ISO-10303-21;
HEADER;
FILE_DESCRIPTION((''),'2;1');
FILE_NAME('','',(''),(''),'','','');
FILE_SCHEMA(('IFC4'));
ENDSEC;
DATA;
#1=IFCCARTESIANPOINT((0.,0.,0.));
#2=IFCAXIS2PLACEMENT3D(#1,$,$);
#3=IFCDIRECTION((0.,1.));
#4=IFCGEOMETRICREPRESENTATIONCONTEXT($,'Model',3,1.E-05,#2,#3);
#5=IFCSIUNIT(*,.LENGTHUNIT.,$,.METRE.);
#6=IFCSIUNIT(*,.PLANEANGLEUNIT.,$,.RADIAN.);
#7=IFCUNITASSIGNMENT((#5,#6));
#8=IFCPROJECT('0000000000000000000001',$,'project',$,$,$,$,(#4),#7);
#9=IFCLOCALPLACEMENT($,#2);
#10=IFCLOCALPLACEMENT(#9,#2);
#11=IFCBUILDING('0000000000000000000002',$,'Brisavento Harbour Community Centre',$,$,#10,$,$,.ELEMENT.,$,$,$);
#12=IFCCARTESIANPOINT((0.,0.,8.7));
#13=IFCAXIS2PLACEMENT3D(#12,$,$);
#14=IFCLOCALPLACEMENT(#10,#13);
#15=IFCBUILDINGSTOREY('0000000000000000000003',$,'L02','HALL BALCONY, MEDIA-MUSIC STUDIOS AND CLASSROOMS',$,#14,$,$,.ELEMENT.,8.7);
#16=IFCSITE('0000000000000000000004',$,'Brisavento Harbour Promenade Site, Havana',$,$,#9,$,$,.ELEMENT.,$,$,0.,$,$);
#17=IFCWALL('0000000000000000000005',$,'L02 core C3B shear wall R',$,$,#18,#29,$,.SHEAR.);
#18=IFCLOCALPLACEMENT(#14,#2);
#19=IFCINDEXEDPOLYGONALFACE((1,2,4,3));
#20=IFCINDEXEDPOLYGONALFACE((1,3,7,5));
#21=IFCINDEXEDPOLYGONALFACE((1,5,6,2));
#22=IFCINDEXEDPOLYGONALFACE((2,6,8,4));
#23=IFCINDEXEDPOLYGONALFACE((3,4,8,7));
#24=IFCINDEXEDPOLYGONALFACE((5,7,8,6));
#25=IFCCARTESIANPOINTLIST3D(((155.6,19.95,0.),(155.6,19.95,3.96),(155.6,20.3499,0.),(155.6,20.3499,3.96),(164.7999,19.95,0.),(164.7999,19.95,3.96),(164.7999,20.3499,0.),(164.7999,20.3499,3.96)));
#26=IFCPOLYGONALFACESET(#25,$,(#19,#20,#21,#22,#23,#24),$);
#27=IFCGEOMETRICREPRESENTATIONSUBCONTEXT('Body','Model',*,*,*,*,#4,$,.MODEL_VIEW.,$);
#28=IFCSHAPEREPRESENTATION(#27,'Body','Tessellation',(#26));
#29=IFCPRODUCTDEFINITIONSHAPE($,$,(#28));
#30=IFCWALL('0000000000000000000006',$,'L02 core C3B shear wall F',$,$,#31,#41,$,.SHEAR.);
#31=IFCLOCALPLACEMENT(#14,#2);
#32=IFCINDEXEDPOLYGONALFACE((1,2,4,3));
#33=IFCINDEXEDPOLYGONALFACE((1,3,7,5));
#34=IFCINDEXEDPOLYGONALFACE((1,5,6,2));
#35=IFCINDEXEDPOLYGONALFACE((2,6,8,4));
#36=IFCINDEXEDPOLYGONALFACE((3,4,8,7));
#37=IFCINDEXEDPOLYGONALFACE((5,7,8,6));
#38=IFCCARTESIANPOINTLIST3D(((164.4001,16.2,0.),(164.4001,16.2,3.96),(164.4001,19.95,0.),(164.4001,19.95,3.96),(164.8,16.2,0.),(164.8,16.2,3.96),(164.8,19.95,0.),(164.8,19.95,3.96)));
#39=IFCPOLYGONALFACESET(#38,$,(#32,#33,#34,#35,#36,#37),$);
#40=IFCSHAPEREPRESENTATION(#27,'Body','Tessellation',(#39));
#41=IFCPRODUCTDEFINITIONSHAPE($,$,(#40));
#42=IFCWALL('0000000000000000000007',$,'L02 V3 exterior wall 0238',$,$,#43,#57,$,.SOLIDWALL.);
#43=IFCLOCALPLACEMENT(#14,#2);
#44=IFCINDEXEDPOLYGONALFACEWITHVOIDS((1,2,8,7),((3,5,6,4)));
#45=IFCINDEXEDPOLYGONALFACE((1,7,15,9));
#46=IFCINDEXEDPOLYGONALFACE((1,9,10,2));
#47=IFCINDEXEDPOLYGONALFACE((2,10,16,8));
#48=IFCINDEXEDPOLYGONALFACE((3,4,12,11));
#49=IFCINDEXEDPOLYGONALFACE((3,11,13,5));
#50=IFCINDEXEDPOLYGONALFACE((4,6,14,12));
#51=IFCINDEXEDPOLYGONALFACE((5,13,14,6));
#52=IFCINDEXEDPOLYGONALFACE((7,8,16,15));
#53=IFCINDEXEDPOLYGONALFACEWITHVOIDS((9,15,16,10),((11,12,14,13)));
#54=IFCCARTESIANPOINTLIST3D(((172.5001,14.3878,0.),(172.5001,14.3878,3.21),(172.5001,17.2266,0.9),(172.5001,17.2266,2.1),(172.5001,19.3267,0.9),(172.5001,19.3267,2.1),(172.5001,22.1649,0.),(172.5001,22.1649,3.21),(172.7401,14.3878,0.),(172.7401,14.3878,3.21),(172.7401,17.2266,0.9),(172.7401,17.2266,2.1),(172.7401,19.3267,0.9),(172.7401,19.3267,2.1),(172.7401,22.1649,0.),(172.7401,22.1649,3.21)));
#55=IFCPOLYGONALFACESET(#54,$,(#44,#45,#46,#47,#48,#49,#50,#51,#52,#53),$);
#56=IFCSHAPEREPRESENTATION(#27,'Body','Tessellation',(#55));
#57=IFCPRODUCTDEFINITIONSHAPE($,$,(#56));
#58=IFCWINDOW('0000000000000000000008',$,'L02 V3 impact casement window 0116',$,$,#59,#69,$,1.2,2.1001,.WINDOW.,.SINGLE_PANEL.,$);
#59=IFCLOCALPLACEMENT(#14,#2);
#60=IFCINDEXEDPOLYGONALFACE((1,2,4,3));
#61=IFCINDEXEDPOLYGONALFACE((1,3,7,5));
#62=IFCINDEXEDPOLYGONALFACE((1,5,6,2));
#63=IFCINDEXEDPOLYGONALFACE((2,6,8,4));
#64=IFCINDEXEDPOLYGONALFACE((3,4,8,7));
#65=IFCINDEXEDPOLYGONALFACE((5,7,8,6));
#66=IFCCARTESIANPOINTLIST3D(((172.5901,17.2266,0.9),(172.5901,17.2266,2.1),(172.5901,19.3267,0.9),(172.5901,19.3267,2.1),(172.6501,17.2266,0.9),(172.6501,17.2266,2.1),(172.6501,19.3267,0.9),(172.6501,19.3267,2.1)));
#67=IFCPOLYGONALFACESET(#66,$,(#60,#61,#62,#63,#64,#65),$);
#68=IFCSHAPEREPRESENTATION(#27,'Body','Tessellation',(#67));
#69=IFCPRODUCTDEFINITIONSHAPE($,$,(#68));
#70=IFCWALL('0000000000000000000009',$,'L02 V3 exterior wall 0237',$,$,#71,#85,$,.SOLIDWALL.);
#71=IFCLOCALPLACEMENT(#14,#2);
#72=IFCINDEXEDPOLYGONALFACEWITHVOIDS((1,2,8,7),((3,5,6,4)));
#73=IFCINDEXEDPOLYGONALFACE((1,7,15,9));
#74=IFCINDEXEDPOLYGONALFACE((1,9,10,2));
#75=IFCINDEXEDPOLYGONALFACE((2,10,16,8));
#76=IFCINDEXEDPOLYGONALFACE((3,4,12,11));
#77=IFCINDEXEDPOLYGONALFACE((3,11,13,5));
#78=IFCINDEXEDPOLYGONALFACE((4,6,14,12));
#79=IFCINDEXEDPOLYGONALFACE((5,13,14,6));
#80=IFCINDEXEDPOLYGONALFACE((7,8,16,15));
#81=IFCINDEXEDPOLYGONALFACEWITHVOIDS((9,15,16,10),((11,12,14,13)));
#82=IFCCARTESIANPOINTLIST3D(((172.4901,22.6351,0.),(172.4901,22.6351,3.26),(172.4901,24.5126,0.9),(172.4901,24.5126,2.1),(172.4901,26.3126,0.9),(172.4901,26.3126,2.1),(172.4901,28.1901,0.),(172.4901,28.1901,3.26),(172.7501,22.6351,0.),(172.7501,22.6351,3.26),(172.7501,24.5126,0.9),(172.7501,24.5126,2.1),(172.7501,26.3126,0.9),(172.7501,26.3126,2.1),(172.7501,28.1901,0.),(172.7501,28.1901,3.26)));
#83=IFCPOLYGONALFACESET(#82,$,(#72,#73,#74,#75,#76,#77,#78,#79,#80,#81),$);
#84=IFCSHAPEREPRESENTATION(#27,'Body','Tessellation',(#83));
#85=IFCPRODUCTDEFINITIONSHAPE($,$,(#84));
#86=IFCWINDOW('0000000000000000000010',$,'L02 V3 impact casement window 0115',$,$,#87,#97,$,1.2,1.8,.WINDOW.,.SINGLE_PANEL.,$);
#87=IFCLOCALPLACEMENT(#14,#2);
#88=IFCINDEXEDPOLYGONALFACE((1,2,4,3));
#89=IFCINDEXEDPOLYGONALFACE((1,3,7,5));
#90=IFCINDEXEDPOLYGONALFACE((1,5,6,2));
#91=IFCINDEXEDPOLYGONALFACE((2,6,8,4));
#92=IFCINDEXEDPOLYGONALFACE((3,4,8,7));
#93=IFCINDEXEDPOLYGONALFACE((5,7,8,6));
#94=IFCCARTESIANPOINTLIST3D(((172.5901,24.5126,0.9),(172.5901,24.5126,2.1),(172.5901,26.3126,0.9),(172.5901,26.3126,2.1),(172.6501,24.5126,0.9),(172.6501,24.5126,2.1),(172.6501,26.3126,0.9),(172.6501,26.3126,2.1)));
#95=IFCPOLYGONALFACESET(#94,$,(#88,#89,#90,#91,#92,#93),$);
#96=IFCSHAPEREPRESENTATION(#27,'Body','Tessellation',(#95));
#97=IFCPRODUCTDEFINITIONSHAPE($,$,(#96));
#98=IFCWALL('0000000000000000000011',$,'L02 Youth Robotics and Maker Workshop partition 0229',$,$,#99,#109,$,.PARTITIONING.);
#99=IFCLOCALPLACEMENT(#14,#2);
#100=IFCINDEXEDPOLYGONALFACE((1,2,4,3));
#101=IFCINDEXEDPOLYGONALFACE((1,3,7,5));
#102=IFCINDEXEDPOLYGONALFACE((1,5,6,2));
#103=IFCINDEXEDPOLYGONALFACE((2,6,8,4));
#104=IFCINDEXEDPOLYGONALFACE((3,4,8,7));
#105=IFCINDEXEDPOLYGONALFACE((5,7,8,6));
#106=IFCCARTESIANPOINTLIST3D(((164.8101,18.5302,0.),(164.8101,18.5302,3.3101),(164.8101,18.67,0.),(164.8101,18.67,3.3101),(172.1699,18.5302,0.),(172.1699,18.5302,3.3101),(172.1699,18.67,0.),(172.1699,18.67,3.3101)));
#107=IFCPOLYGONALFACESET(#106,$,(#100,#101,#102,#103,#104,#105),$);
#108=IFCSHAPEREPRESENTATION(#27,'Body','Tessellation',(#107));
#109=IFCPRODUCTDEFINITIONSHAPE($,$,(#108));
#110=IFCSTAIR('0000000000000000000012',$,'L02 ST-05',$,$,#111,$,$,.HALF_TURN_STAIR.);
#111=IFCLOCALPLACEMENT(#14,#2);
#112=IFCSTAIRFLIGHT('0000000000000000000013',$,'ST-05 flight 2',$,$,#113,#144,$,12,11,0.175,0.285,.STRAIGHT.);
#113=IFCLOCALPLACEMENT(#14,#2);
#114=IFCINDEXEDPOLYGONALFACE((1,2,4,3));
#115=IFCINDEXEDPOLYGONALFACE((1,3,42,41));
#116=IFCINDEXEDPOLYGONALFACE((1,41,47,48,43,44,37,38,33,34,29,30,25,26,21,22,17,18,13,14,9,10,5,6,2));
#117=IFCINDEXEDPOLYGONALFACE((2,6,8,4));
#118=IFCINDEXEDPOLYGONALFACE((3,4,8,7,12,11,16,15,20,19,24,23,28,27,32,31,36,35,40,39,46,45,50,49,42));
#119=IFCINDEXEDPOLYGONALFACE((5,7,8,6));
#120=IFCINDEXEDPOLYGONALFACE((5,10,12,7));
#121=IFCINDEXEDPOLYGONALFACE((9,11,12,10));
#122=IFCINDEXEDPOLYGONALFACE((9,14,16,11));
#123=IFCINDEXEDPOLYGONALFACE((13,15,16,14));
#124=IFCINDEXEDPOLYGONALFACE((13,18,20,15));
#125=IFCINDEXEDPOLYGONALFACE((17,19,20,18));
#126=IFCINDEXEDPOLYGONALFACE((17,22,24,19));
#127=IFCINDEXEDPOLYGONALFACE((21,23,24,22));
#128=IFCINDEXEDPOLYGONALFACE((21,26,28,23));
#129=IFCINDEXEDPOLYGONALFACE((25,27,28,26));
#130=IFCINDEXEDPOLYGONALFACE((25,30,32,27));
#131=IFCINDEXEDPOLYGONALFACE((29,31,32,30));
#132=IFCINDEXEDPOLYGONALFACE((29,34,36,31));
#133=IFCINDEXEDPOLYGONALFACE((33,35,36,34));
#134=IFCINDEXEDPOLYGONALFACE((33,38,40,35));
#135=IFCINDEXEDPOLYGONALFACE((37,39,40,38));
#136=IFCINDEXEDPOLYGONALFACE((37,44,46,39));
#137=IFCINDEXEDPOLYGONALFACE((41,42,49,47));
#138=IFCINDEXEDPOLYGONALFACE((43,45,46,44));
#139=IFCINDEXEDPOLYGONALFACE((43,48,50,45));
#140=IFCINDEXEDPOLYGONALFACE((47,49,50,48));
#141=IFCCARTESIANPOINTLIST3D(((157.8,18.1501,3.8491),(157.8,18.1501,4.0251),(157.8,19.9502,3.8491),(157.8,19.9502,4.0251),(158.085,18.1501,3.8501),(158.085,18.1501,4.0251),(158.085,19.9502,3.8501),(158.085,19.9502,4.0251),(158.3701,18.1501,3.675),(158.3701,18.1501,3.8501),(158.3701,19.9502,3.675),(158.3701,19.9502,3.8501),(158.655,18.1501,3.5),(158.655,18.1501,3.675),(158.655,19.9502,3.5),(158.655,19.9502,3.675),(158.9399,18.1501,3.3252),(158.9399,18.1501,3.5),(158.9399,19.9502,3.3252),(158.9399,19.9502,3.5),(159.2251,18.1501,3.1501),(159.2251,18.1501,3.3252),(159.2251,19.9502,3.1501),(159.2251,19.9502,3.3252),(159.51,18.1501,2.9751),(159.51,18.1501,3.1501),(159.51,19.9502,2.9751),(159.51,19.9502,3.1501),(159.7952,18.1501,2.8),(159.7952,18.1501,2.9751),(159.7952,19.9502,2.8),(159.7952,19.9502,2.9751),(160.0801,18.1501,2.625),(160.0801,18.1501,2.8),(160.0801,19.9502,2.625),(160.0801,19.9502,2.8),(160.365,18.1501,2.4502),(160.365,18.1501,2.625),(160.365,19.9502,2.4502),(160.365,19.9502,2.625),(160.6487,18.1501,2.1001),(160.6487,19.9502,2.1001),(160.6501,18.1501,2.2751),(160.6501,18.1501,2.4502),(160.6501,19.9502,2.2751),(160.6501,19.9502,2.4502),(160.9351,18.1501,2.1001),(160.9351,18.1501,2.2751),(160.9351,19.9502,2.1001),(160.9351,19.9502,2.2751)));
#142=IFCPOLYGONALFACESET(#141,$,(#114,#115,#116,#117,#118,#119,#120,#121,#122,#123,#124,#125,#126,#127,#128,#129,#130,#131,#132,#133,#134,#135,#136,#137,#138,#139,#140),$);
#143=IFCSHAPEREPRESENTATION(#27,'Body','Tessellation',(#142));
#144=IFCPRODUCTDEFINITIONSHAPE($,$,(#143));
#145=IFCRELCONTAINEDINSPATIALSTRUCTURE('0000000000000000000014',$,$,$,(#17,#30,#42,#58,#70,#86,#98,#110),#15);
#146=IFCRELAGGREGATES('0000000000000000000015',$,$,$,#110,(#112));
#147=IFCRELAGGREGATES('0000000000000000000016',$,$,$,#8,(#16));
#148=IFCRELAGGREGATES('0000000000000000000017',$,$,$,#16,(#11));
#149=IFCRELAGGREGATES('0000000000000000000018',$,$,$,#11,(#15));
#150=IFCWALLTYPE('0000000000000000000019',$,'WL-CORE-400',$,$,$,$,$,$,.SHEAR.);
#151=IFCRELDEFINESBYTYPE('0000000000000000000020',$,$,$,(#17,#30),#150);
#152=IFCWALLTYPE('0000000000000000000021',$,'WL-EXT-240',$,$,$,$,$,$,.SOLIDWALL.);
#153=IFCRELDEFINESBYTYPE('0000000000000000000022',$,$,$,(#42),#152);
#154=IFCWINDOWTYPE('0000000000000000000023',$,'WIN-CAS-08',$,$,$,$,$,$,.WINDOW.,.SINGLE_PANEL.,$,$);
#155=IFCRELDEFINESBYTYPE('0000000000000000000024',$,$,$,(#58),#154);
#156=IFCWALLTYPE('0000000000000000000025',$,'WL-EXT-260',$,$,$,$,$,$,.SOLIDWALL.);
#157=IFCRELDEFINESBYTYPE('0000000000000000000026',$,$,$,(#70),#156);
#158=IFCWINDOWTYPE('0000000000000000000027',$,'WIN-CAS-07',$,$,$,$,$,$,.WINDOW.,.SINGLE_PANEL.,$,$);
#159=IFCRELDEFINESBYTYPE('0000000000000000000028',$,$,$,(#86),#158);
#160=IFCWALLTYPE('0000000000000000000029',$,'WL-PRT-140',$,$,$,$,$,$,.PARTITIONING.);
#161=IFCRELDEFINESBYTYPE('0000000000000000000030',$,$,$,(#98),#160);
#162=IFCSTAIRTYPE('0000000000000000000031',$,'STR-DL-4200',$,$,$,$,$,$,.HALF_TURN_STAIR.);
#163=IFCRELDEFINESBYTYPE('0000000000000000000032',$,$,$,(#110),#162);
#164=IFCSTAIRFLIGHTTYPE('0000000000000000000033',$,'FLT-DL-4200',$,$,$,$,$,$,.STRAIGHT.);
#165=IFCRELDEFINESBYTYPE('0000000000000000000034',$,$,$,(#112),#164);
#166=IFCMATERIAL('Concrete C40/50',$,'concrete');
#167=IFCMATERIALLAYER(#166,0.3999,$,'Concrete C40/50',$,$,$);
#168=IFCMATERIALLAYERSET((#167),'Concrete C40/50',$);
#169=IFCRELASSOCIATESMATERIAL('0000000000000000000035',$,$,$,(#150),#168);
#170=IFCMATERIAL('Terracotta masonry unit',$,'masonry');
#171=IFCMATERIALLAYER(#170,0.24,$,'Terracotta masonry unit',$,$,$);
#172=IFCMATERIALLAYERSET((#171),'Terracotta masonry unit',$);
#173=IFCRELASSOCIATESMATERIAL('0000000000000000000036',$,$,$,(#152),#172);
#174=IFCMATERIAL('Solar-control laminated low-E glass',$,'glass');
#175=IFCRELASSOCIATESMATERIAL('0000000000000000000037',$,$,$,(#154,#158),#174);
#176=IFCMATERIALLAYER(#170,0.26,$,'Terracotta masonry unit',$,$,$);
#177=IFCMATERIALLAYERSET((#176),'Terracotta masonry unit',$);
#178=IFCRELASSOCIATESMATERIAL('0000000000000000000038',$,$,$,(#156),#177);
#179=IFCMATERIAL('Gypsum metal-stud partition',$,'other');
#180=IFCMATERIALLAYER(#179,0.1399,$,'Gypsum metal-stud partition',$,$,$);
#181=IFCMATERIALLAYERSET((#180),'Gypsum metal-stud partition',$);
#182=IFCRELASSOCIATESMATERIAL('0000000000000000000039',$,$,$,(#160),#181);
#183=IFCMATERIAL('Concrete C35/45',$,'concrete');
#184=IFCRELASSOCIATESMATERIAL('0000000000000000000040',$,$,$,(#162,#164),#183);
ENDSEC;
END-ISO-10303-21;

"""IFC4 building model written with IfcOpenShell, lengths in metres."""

from ifc_helpers import new_model, si_unit, direction, frame, frame_2d, origin, place, context, subcontext, project, spatial, polyline, rectangle, outline, extrude, material, layer, layer_set, type_object, element, fill, aggregate, save


model = new_model("IFC4")

# Units and contexts
model_context = context("Model", 3, precision=1e-05, world=origin(), true_north=direction((0.0, 1.0)))
body_context = subcontext(model_context, "Body", "Model", "MODEL_VIEW")
ifc_project = project(units=[si_unit("LENGTHUNIT", "METRE"), si_unit("PLANEANGLEUNIT", "RADIAN")], contexts=[model_context])

# Site, building, storey
site_placement = place(None, origin())
site = spatial("IfcSite", under=ifc_project, at=site_placement, Name="Brisavento Harbour Promenade Site, Havana", CompositionType="ELEMENT", RefElevation=0.0)
building_placement = place(site_placement, origin())
building = spatial("IfcBuilding", under=site, at=building_placement, Name="Brisavento Harbour Community Centre", CompositionType="ELEMENT")
storey_placement = place(building_placement, frame((0.0, 0.0, 8.7)))
storey = spatial("IfcBuildingStorey", under=building, at=storey_placement, Name="L02", Description="HALL BALCONY, MEDIA-MUSIC STUDIOS AND CLASSROOMS", CompositionType="ELEMENT", Elevation=8.7)

# Shared definitions
ifc_material_1 = material(Name="Concrete C35/45", Category="concrete")

# Walls
ifc_material_2 = material(Name="Concrete C40/50", Category="concrete")
ifc_layer_1 = layer(ifc_material_2, 0.3999, Name="Concrete C40/50")
ifc_layer_set_1 = layer_set([ifc_layer_1], Name="Concrete C40/50")
wall_type_1 = type_object("IfcWallType", Name="WL-CORE-400", PredefinedType="SHEAR", material=ifc_layer_set_1)
wall_1_placement = place(storey_placement, frame((164.8, 20.1499, 0.0), z_axis=(0.0, 0.0, 1.0), x_axis=(-1.0, 0.0, 0.0)))
element("IfcWall", 1, at=wall_1_placement, inside=storey, type_object=wall_type_1, Name="L02 core C3B shear wall R", PredefinedType="SHEAR", context=body_context, shape_type="SweptSolid", body=[
    extrude(rectangle(XDim=9.2, YDim=0.3999, at=frame_2d((4.6001, 0.0))), origin(), (0.0, 0.0, 1.0), 3.96),
])
wall_2_placement = place(storey_placement, frame((164.6001, 16.2, 0.0), z_axis=(0.0, 0.0, 1.0), x_axis=(0.0, 1.0, 0.0)))
element("IfcWall", 2, at=wall_2_placement, inside=storey, type_object=wall_type_1, Name="L02 core C3B shear wall F", PredefinedType="SHEAR", context=body_context, shape_type="SweptSolid", body=[
    extrude(rectangle(XDim=3.75, YDim=0.3999, at=frame_2d((1.875, 0.0))), origin(), (0.0, 0.0, 1.0), 3.96),
])

# Walls, openings, windows
ifc_material_3 = material(Name="Terracotta masonry unit", Category="masonry")
ifc_layer_2 = layer(ifc_material_3, 0.24, Name="Terracotta masonry unit")
ifc_layer_set_2 = layer_set([ifc_layer_2], Name="Terracotta masonry unit")
wall_type_2 = type_object("IfcWallType", Name="WL-EXT-240", PredefinedType="SOLIDWALL", material=ifc_layer_set_2)
wall_3_placement = place(storey_placement, frame((172.6201, 22.165, 0.0), z_axis=(0.0, 0.0, 1.0), x_axis=(0.0, -1.0, 0.0)))
wall_3 = element("IfcWall", 3, at=wall_3_placement, inside=storey, type_object=wall_type_2, Name="L02 V3 exterior wall 0238", PredefinedType="SOLIDWALL", context=body_context, shape_type="SweptSolid", body=[
    extrude(rectangle(XDim=7.7771, YDim=0.24, at=frame_2d((3.8887, 0.0))), origin(), (0.0, 0.0, 1.0), 3.21),
])
opening_1_placement = place(wall_3_placement, frame((2.8384, 0.0, 0.8999)))
opening_1 = element("IfcOpeningElement", 4, at=opening_1_placement, cuts=wall_3, PredefinedType="OPENING", context=body_context, shape_type="SweptSolid", body=[
    extrude(rectangle(XDim=2.1001, YDim=1.2, at=frame_2d((1.05, 0.6001))), frame((0.0, 0.1299, 0.0), z_axis=(0.0, -1.0, 0.0), x_axis=(1.0, 0.0, 0.0)), (0.0, 0.0, 1.0), 0.26),
])
ifc_material_4 = material(Name="Solar-control laminated low-E glass", Category="glass")
window_type_1 = type_object("IfcWindowType", Name="WIN-CAS-08", PartitioningType="SINGLE_PANEL", PredefinedType="WINDOW", material=ifc_material_4)
window_1_placement = place(opening_1_placement, origin())
window_1 = element("IfcWindow", 5, at=window_1_placement, inside=storey, type_object=window_type_1, Name="L02 V3 impact casement window 0116", OverallHeight=1.2, OverallWidth=2.1001, PartitioningType="SINGLE_PANEL", PredefinedType="WINDOW", context=body_context, shape_type="SweptSolid", body=[
    extrude(rectangle(XDim=2.1001, YDim=1.2, at=frame_2d((1.05, 0.6001))), frame((0.0, 0.03, 0.0), z_axis=(0.0, -1.0, 0.0), x_axis=(1.0, 0.0, 0.0)), (0.0, 0.0, 1.0), 0.0601),
])
fill(opening_1, window_1)
ifc_layer_3 = layer(ifc_material_3, 0.26, Name="Terracotta masonry unit")
ifc_layer_set_3 = layer_set([ifc_layer_3], Name="Terracotta masonry unit")
wall_type_3 = type_object("IfcWallType", Name="WL-EXT-260", PredefinedType="SOLIDWALL", material=ifc_layer_set_3)
wall_4_placement = place(storey_placement, frame((172.6201, 28.1899, 0.0), z_axis=(0.0, 0.0, 1.0), x_axis=(0.0, -1.0, 0.0)))
wall_4 = element("IfcWall", 6, at=wall_4_placement, inside=storey, type_object=wall_type_3, Name="L02 V3 exterior wall 0237", PredefinedType="SOLIDWALL", context=body_context, shape_type="SweptSolid", body=[
    extrude(rectangle(XDim=5.5549, YDim=0.26, at=frame_2d((2.7773, 0.0))), origin(), (0.0, 0.0, 1.0), 3.26),
])
opening_2_placement = place(wall_4_placement, frame((1.8774, 0.0, 0.8999)))
opening_2 = element("IfcOpeningElement", 7, at=opening_2_placement, cuts=wall_4, PredefinedType="OPENING", context=body_context, shape_type="SweptSolid", body=[
    extrude(rectangle(XDim=1.8, YDim=1.2, at=frame_2d((0.8999, 0.6001))), frame((0.0, 0.1401, 0.0), z_axis=(0.0, -1.0, 0.0), x_axis=(1.0, 0.0, 0.0)), (0.0, 0.0, 1.0), 0.28),
])
window_type_2 = type_object("IfcWindowType", Name="WIN-CAS-07", PartitioningType="SINGLE_PANEL", PredefinedType="WINDOW", material=ifc_material_4)
window_2_placement = place(opening_2_placement, origin())
window_2 = element("IfcWindow", 8, at=window_2_placement, inside=storey, type_object=window_type_2, Name="L02 V3 impact casement window 0115", OverallHeight=1.2, OverallWidth=1.8, PartitioningType="SINGLE_PANEL", PredefinedType="WINDOW", context=body_context, shape_type="SweptSolid", body=[
    extrude(rectangle(XDim=1.8, YDim=1.2, at=frame_2d((0.8999, 0.6001))), frame((0.0, 0.03, 0.0), z_axis=(0.0, -1.0, 0.0), x_axis=(1.0, 0.0, 0.0)), (0.0, 0.0, 1.0), 0.0601),
])
fill(opening_2, window_2)

# Wall
ifc_material_5 = material(Name="Gypsum metal-stud partition", Category="other")
ifc_layer_4 = layer(ifc_material_5, 0.1399, Name="Gypsum metal-stud partition")
ifc_layer_set_4 = layer_set([ifc_layer_4], Name="Gypsum metal-stud partition")
wall_type_4 = type_object("IfcWallType", Name="WL-PRT-140", PredefinedType="PARTITIONING", material=ifc_layer_set_4)
wall_5_placement = place(storey_placement, frame((164.8101, 18.6001, 0.0), z_axis=(0.0, 0.0, 1.0), x_axis=(1.0, 0.0, 0.0)))
element("IfcWall", 9, at=wall_5_placement, inside=storey, type_object=wall_type_4, Name="L02 Youth Robotics and Maker Workshop partition 0229", PredefinedType="PARTITIONING", context=body_context, shape_type="SweptSolid", body=[
    extrude(rectangle(XDim=7.3599, YDim=0.1399, at=frame_2d((3.6799, 0.0))), origin(), (0.0, 0.0, 1.0), 3.3101),
])

# Stair, stair flight
stair_type = type_object("IfcStairType", Name="STR-DL-4200", PredefinedType="HALF_TURN_STAIR", material=ifc_material_1)
stair_placement = place(storey_placement, origin())
stair = element("IfcStair", 10, at=stair_placement, inside=storey, type_object=stair_type, Name="L02 ST-05", PredefinedType="HALF_TURN_STAIR")
stair_flight_type = type_object("IfcStairFlightType", Name="FLT-DL-4200", PredefinedType="STRAIGHT", material=ifc_material_1)
stair_flight_placement = place(storey_placement, frame((160.9351, 19.05, 2.1001), z_axis=(0.0, 0.0, 1.0), x_axis=(-1.0, 0.0, 0.0)))
stair_flight = element("IfcStairFlight", 11, at=stair_flight_placement, type_object=stair_flight_type, Name="ST-05 flight 2", NumberOfRisers=12, NumberOfTreads=11, PredefinedType="STRAIGHT", RiserHeight=0.175, TreadLength=0.285, context=body_context, shape_type="SweptSolid", body=[
    extrude(outline(polyline([(0.0, 0.0), (0.0, 0.175), (0.2849, 0.175), (0.2849, 0.3501), (0.5701, 0.3501), (0.5701, 0.5249), (0.855, 0.5249), (0.855, 0.7), (1.1399, 0.7), (1.1399, 0.875), (1.425, 0.875), (1.425, 1.05), (1.71, 1.05), (1.71, 1.2251), (1.9951, 1.2251), (1.9951, 1.3999), (2.28, 1.3999), (2.28, 1.575), (2.5649, 1.575), (2.5649, 1.75), (2.8501, 1.75), (2.8501, 1.925), (3.135, 1.925), (3.135, 2.1001), (3.135, 1.749), (0.2864, 0.0), (0.0, 0.0)])), frame((0.0, 0.8999, 0.0), z_axis=(0.0, -1.0, 0.0), x_axis=(1.0, 0.0, 0.0)), (0.0, 0.0, 1.0), 1.8),
])
aggregate(stair, [stair_flight])

save(model, "model.ifc")
